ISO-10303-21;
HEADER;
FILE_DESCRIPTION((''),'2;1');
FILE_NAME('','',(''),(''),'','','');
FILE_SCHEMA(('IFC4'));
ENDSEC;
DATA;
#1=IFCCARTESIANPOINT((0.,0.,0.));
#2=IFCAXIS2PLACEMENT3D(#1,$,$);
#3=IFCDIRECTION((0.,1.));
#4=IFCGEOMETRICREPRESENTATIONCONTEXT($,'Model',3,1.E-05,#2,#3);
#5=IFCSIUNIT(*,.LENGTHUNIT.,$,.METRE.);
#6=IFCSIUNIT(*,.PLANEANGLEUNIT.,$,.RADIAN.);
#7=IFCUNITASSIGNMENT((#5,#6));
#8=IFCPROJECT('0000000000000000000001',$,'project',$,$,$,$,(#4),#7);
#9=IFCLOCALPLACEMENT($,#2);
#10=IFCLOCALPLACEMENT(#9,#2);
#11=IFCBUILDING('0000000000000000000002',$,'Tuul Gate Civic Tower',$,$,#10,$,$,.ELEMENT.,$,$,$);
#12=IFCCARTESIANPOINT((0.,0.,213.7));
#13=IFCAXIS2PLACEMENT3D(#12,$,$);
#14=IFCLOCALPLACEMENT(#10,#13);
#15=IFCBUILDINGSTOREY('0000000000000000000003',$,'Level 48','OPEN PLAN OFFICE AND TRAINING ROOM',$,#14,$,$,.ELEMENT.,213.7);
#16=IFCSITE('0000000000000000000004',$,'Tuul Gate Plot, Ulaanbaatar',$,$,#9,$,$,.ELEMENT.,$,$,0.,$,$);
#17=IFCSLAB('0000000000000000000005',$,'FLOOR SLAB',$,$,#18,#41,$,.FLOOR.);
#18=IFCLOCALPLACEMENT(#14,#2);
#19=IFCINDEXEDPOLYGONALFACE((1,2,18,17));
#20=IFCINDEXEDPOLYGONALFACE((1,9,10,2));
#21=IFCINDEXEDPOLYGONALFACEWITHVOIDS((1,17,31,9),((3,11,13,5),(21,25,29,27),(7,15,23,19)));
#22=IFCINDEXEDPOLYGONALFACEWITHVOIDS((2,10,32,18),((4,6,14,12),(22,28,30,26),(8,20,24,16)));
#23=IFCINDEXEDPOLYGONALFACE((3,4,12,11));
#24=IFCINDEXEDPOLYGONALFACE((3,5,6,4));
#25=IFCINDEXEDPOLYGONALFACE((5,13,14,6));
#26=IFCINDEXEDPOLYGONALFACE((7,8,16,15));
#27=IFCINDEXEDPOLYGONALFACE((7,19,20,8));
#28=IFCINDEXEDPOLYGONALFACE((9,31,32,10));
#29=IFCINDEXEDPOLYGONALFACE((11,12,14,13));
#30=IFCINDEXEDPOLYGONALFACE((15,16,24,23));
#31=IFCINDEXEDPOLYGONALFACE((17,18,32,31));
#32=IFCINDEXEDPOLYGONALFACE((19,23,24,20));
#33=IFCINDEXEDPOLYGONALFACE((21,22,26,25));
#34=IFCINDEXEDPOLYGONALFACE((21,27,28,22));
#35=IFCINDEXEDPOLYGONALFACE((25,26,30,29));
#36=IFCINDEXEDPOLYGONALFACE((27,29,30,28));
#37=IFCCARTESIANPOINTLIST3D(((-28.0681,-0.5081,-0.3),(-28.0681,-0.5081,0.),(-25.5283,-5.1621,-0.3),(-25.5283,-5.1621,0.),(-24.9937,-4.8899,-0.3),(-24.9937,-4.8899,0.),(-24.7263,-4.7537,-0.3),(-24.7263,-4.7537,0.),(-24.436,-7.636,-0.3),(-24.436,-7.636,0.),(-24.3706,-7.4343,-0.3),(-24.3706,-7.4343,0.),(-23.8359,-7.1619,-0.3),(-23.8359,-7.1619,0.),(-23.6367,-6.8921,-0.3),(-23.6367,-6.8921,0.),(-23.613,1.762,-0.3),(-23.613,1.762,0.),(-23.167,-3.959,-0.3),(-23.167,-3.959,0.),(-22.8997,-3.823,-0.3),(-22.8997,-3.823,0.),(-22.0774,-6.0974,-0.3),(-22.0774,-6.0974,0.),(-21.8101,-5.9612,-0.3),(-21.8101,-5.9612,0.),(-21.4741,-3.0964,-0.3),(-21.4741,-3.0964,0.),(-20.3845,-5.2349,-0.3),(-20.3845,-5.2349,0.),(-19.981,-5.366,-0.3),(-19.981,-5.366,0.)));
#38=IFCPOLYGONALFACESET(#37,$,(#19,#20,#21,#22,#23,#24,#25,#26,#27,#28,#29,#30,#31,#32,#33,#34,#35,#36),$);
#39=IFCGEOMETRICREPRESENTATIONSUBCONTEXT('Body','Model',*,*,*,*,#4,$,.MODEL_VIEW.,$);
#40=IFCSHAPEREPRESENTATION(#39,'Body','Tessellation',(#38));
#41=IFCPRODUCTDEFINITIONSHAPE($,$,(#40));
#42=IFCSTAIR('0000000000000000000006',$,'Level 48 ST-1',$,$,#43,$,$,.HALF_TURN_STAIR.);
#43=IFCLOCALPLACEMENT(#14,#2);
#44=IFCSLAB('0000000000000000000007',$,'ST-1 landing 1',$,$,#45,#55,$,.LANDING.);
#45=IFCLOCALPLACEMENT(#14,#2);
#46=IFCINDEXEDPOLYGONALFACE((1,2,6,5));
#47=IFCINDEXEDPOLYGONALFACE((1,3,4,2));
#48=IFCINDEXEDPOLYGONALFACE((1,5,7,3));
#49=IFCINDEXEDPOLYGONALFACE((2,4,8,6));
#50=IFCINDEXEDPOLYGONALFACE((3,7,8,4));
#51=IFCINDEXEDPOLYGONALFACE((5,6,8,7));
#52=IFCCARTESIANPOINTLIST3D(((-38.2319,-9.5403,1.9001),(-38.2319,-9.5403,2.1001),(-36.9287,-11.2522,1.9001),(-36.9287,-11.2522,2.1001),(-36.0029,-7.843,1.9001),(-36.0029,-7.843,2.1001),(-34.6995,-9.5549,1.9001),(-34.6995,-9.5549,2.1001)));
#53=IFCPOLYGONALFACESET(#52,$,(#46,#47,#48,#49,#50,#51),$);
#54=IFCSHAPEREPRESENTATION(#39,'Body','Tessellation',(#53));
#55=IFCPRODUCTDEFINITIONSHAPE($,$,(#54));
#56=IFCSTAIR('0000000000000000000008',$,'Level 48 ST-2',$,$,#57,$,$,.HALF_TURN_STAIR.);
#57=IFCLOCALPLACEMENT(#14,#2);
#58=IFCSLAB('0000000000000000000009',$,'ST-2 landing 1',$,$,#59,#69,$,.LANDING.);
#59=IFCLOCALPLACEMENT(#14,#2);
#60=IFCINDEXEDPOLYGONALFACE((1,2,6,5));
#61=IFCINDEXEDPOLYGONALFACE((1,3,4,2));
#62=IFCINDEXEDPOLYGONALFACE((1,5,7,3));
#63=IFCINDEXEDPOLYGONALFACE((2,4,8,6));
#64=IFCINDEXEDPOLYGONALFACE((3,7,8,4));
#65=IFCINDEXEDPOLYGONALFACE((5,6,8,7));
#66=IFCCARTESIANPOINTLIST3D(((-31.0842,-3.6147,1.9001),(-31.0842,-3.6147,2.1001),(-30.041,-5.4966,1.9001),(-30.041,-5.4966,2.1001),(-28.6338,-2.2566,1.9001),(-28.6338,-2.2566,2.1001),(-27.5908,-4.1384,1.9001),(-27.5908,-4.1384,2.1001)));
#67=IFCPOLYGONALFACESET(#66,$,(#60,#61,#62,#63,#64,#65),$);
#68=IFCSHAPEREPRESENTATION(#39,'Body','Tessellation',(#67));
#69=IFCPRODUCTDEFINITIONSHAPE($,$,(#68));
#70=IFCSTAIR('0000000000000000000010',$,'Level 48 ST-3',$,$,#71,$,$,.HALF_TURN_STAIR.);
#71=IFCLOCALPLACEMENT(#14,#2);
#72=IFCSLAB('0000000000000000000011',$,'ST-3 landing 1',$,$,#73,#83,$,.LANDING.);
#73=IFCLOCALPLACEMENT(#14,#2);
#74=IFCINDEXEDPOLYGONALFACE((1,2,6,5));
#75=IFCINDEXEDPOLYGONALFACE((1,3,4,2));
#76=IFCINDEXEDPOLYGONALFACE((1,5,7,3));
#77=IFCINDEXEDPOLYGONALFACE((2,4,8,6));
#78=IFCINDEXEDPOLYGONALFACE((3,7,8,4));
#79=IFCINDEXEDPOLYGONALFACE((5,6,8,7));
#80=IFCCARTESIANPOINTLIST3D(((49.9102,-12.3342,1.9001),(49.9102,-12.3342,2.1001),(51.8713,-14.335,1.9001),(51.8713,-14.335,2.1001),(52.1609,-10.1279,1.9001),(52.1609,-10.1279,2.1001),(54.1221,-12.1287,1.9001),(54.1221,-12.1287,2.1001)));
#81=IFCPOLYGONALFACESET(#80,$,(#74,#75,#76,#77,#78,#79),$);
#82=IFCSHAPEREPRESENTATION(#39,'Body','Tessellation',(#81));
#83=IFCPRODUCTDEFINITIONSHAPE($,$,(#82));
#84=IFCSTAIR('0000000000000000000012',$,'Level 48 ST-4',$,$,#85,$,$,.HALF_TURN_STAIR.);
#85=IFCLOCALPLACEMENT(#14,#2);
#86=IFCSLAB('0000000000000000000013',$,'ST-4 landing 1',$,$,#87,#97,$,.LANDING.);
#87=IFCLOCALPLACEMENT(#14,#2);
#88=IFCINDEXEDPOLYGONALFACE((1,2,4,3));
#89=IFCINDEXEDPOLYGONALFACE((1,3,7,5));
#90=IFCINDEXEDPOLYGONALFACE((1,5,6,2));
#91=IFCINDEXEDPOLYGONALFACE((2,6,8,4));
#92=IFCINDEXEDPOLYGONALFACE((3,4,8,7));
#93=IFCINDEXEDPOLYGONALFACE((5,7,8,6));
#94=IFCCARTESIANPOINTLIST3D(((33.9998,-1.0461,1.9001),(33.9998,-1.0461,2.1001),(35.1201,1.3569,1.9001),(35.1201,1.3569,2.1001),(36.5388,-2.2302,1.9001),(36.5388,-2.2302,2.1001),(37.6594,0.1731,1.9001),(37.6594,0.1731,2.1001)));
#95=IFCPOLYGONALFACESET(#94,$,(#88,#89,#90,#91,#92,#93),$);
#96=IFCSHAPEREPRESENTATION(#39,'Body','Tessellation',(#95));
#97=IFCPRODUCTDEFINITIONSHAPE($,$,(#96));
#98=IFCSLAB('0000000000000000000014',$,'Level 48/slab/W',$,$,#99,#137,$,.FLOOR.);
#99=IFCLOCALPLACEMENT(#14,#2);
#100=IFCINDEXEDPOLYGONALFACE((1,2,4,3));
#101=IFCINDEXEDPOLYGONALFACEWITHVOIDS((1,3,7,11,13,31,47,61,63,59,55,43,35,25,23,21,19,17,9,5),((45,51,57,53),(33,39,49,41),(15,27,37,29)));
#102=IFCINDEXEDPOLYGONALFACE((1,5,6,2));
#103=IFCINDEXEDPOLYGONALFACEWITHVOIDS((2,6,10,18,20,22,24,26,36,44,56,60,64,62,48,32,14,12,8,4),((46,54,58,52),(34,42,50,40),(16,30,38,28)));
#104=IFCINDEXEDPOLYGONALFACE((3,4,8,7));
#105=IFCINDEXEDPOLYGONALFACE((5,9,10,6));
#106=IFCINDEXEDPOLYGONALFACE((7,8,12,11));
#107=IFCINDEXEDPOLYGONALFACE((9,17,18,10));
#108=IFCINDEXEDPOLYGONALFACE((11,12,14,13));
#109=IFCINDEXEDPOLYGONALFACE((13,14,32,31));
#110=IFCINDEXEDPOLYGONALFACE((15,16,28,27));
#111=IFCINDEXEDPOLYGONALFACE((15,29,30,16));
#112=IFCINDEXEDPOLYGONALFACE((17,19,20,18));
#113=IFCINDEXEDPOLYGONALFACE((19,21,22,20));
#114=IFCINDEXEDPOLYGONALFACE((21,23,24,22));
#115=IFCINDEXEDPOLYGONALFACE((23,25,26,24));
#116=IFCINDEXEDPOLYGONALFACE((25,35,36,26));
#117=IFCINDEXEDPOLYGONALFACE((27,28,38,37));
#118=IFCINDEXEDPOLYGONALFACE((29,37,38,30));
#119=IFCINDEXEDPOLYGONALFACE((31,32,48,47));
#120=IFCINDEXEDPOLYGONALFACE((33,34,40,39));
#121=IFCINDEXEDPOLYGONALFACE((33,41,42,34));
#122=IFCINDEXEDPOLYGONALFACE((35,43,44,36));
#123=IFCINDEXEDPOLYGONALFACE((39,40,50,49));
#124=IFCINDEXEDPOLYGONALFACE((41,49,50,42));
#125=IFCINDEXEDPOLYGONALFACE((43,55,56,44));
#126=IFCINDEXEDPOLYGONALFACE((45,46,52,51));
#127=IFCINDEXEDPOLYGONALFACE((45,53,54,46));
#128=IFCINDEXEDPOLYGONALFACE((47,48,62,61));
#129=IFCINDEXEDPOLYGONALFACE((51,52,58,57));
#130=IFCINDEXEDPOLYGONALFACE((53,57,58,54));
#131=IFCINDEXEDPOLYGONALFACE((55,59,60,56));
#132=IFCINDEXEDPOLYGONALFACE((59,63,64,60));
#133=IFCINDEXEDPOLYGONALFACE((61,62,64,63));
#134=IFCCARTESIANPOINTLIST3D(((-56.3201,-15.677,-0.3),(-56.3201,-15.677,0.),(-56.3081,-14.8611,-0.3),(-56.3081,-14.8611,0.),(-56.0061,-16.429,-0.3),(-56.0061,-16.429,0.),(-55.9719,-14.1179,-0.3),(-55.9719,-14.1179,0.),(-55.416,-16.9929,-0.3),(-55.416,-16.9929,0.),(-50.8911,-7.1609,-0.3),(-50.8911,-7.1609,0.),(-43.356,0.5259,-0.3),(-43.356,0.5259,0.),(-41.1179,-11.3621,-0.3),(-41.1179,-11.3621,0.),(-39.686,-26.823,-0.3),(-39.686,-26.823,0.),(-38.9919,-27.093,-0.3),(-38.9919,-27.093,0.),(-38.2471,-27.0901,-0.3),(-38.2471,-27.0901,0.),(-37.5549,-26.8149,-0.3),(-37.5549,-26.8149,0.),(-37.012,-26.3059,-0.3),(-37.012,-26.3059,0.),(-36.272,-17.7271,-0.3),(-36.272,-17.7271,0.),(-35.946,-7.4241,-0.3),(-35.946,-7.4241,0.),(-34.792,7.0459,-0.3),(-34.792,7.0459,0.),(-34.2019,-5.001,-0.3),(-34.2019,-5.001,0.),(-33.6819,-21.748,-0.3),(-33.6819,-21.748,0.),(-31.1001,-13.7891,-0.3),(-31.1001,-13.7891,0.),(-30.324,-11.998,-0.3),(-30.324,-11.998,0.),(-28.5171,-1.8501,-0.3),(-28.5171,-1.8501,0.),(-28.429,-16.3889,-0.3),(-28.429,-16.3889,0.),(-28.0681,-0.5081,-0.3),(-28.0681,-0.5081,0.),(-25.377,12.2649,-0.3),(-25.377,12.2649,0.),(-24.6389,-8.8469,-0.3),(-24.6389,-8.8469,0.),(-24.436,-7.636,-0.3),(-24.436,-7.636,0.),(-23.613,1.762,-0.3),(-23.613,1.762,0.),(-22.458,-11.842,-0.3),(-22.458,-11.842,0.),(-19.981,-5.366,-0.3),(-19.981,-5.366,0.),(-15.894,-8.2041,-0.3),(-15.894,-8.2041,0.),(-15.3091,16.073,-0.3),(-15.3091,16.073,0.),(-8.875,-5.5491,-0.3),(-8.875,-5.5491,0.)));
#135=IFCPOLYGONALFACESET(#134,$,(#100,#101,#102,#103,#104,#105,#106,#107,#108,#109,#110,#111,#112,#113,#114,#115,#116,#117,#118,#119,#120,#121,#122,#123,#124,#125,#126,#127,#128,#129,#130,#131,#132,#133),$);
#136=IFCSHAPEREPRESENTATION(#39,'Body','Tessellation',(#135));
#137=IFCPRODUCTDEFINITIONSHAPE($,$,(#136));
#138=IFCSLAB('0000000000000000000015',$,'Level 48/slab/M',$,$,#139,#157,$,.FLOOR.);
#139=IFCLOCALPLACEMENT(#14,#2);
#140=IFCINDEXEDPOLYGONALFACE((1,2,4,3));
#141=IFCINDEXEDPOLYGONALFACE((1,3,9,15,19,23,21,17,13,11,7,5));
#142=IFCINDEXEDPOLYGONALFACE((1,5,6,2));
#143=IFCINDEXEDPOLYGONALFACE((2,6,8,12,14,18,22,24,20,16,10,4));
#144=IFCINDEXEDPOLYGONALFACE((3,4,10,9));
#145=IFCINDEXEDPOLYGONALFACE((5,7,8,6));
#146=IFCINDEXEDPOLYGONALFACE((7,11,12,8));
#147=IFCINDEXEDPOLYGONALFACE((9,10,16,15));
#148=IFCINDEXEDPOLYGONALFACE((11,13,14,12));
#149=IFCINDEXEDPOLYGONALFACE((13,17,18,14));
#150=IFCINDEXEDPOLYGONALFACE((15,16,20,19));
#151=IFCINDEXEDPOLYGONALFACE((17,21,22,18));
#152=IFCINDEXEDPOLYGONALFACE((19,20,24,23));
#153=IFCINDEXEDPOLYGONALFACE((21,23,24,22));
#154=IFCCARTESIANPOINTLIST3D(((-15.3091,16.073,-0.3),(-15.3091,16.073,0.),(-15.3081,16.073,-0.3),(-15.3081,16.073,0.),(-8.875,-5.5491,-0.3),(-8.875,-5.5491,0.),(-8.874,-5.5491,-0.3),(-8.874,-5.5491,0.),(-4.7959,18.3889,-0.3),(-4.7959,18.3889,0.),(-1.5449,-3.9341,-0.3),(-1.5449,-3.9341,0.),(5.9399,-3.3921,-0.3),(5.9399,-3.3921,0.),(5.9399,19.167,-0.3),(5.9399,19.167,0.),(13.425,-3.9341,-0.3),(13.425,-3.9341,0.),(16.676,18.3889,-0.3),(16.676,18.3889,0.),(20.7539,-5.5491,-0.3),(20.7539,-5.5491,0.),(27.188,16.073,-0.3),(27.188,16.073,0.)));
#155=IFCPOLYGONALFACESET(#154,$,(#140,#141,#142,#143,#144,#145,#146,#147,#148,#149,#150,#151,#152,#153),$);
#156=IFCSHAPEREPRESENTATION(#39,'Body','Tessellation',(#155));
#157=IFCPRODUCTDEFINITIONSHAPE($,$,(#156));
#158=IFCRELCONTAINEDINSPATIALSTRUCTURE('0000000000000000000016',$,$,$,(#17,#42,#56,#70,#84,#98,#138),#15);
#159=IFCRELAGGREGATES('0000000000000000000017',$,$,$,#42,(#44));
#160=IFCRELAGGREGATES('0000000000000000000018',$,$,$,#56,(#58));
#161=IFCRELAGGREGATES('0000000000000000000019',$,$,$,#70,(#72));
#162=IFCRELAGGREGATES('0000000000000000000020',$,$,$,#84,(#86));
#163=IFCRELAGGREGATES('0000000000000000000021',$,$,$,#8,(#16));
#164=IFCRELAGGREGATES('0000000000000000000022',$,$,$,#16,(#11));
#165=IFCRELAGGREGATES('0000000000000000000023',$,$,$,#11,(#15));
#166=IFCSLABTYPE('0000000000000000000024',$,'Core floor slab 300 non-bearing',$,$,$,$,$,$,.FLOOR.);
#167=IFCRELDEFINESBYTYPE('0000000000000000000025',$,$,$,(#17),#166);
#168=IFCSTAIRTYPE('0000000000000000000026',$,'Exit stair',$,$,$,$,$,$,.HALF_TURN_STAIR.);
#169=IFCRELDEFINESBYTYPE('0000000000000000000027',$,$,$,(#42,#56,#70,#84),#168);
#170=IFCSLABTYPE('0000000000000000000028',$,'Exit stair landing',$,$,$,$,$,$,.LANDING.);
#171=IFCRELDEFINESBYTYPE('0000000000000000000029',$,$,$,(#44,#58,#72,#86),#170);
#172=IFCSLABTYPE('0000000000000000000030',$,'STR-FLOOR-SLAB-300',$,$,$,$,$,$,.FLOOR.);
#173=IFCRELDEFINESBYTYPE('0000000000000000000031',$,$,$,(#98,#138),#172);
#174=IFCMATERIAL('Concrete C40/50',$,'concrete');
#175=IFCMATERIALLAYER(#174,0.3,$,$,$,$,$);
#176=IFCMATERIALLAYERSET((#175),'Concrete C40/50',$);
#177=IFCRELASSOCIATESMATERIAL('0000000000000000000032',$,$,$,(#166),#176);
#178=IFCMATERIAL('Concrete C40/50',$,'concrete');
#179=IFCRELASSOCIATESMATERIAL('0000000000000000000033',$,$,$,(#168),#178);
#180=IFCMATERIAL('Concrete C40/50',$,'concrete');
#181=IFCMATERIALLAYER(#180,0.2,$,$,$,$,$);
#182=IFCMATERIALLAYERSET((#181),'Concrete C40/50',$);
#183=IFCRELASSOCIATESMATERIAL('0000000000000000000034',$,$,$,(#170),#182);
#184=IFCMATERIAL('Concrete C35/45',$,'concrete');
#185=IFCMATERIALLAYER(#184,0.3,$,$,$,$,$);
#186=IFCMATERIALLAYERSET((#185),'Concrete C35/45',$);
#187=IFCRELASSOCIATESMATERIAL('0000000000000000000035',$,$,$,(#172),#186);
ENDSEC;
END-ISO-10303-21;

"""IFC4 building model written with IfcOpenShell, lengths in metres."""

from ifc_helpers import new_model, si_unit, direction, frame, origin, place, context, subcontext, project, spatial, polyline, outline, extrude, material, layer, layer_set, type_object, element, aggregate, save


model = new_model("IFC4")

# Units and contexts
model_context = context("Model", 3, precision=1e-05, world=origin(), true_north=direction((0.0, 1.0)))
body_context = subcontext(model_context, "Body", "Model", "MODEL_VIEW")
ifc_project = project(units=[si_unit("LENGTHUNIT", "METRE"), si_unit("PLANEANGLEUNIT", "RADIAN")], contexts=[model_context])

# Site, building, storey
site_placement = place(None, origin())
site = spatial("IfcSite", under=ifc_project, at=site_placement, Name="Tuul Gate Plot, Ulaanbaatar", CompositionType="ELEMENT", RefElevation=0.0)
building_placement = place(site_placement, origin())
building = spatial("IfcBuilding", under=site, at=building_placement, Name="Tuul Gate Civic Tower", CompositionType="ELEMENT")
storey_placement = place(building_placement, frame((0.0, 0.0, 213.7)))
storey = spatial("IfcBuildingStorey", under=building, at=storey_placement, Name="Level 48", Description="OPEN PLAN OFFICE AND TRAINING ROOM", CompositionType="ELEMENT", Elevation=213.7)

# Slab
ifc_material_1 = material(Name="Concrete C40/50", Category="concrete")
ifc_layer_1 = layer(ifc_material_1, 0.3)
ifc_layer_set_1 = layer_set([ifc_layer_1], Name="Concrete C40/50")
slab_type_1 = type_object("IfcSlabType", Name="Core floor slab 300 non-bearing", PredefinedType="FLOOR", material=ifc_layer_set_1)
slab_1_placement = place(storey_placement, frame((0.0, 0.0, -0.3)))
element("IfcSlab", 1, at=slab_1_placement, inside=storey, type_object=slab_type_1, Name="FLOOR SLAB", PredefinedType="FLOOR", context=body_context, shape_type="SweptSolid", body=[
    extrude(outline(polyline([(-19.981, -5.366), (-23.613, 1.762), (-28.0681, -0.5081), (-24.436, -7.636), (-19.981, -5.366)]), holes=[polyline([(-20.3845, -5.2349), (-21.4741, -3.0964), (-22.8997, -3.823), (-21.8101, -5.9612), (-20.3845, -5.2349)]), polyline([(-22.0774, -6.0974), (-23.167, -3.959), (-24.7263, -4.7537), (-23.6367, -6.8921), (-22.0774, -6.0974)]), polyline([(-23.8359, -7.1619), (-24.9937, -4.8899), (-25.5283, -5.1621), (-24.3706, -7.4343), (-23.8359, -7.1619)])]), origin(), (0.0, 0.0, 1.0), 0.3),
])

# Stairs, slabs
ifc_material_2 = material(Name="Concrete C40/50", Category="concrete")
stair_type = type_object("IfcStairType", Name="Exit stair", PredefinedType="HALF_TURN_STAIR", material=ifc_material_2)
stair_1_placement = place(storey_placement, origin())
stair_1 = element("IfcStair", 2, at=stair_1_placement, inside=storey, type_object=stair_type, Name="Level 48 ST-1", PredefinedType="HALF_TURN_STAIR")
ifc_material_3 = material(Name="Concrete C40/50", Category="concrete")
ifc_layer_2 = layer(ifc_material_3, 0.2)
ifc_layer_set_2 = layer_set([ifc_layer_2], Name="Concrete C40/50")
slab_type_2 = type_object("IfcSlabType", Name="Exit stair landing", PredefinedType="LANDING", material=ifc_layer_set_2)
slab_2_placement = place(storey_placement, frame((0.0, 0.0, 1.9001)))
slab_2 = element("IfcSlab", 3, at=slab_2_placement, type_object=slab_type_2, Name="ST-1 landing 1", PredefinedType="LANDING", context=body_context, shape_type="SweptSolid", body=[
    extrude(outline(polyline([(-34.6995, -9.5549), (-36.9287, -11.2522), (-38.2319, -9.5403), (-36.0029, -7.843), (-34.6995, -9.5549)])), origin(), (0.0, 0.0, 1.0), 0.2),
])
aggregate(stair_1, [slab_2])
stair_2_placement = place(storey_placement, origin())
stair_2 = element("IfcStair", 4, at=stair_2_placement, inside=storey, type_object=stair_type, Name="Level 48 ST-2", PredefinedType="HALF_TURN_STAIR")
slab_3_placement = place(storey_placement, frame((0.0, 0.0, 1.9001)))
slab_3 = element("IfcSlab", 5, at=slab_3_placement, type_object=slab_type_2, Name="ST-2 landing 1", PredefinedType="LANDING", context=body_context, shape_type="SweptSolid", body=[
    extrude(outline(polyline([(-27.5908, -4.1384), (-30.041, -5.4966), (-31.0842, -3.6147), (-28.6338, -2.2566), (-27.5908, -4.1384)])), origin(), (0.0, 0.0, 1.0), 0.2),
])
aggregate(stair_2, [slab_3])
stair_3_placement = place(storey_placement, origin())
stair_3 = element("IfcStair", 6, at=stair_3_placement, inside=storey, type_object=stair_type, Name="Level 48 ST-3", PredefinedType="HALF_TURN_STAIR")
slab_4_placement = place(storey_placement, frame((0.0, 0.0, 1.9001)))
slab_4 = element("IfcSlab", 7, at=slab_4_placement, type_object=slab_type_2, Name="ST-3 landing 1", PredefinedType="LANDING", context=body_context, shape_type="SweptSolid", body=[
    extrude(outline(polyline([(51.8713, -14.335), (49.9102, -12.3342), (52.1609, -10.1279), (54.1221, -12.1287), (51.8713, -14.335)])), origin(), (0.0, 0.0, 1.0), 0.2),
])
aggregate(stair_3, [slab_4])
stair_4_placement = place(storey_placement, origin())
stair_4 = element("IfcStair", 8, at=stair_4_placement, inside=storey, type_object=stair_type, Name="Level 48 ST-4", PredefinedType="HALF_TURN_STAIR")
slab_5_placement = place(storey_placement, frame((0.0, 0.0, 1.9001)))
slab_5 = element("IfcSlab", 9, at=slab_5_placement, type_object=slab_type_2, Name="ST-4 landing 1", PredefinedType="LANDING", context=body_context, shape_type="SweptSolid", body=[
    extrude(outline(polyline([(36.5388, -2.2302), (33.9998, -1.0461), (35.1201, 1.3569), (37.6594, 0.1731), (36.5388, -2.2302)])), origin(), (0.0, 0.0, 1.0), 0.2),
])
aggregate(stair_4, [slab_5])

# Slabs
ifc_material_4 = material(Name="Concrete C35/45", Category="concrete")
ifc_layer_3 = layer(ifc_material_4, 0.3)
ifc_layer_set_3 = layer_set([ifc_layer_3], Name="Concrete C35/45")
slab_type_3 = type_object("IfcSlabType", Name="STR-FLOOR-SLAB-300", PredefinedType="FLOOR", material=ifc_layer_set_3)
slab_6_placement = place(storey_placement, frame((0.0, 0.0, -0.3)))
element("IfcSlab", 10, at=slab_6_placement, inside=storey, type_object=slab_type_3, Name="Level 48/slab/W", PredefinedType="FLOOR", context=body_context, shape_type="SweptSolid", body=[
    extrude(outline(polyline([(-15.894, -8.2041), (-8.875, -5.5491), (-15.3091, 16.073), (-25.377, 12.2649), (-34.792, 7.0459), (-43.356, 0.5259), (-50.8911, -7.1609), (-55.9719, -14.1179), (-56.3081, -14.8611), (-56.3201, -15.677), (-56.0061, -16.429), (-55.416, -16.9929), (-39.686, -26.823), (-38.9919, -27.093), (-38.2471, -27.0901), (-37.5549, -26.8149), (-37.012, -26.3059), (-33.6819, -21.748), (-28.429, -16.3889), (-22.458, -11.842), (-15.894, -8.2041)]), holes=[polyline([(-31.1001, -13.7891), (-36.272, -17.7271), (-41.1179, -11.3621), (-35.946, -7.4241), (-31.1001, -13.7891)]), polyline([(-24.6389, -8.8469), (-30.324, -11.998), (-34.2019, -5.001), (-28.5171, -1.8501), (-24.6389, -8.8469)]), polyline([(-24.436, -7.636), (-28.0681, -0.5081), (-23.613, 1.762), (-19.981, -5.366), (-24.436, -7.636)])]), origin(), (0.0, 0.0, 1.0), 0.3),
])
slab_7_placement = place(storey_placement, frame((0.0, 0.0, -0.3)))
element("IfcSlab", 11, at=slab_7_placement, inside=storey, type_object=slab_type_3, Name="Level 48/slab/M", PredefinedType="FLOOR", context=body_context, shape_type="SweptSolid", body=[
    extrude(outline(polyline([(13.425, -3.9341), (20.7539, -5.5491), (27.188, 16.073), (16.676, 18.3889), (5.9399, 19.167), (-4.7959, 18.3889), (-15.3081, 16.073), (-15.3091, 16.073), (-8.875, -5.5491), (-8.874, -5.5491), (-1.5449, -3.9341), (5.9399, -3.3921), (13.425, -3.9341)])), origin(), (0.0, 0.0, 1.0), 0.3),
])

save(model, "model.ifc")
